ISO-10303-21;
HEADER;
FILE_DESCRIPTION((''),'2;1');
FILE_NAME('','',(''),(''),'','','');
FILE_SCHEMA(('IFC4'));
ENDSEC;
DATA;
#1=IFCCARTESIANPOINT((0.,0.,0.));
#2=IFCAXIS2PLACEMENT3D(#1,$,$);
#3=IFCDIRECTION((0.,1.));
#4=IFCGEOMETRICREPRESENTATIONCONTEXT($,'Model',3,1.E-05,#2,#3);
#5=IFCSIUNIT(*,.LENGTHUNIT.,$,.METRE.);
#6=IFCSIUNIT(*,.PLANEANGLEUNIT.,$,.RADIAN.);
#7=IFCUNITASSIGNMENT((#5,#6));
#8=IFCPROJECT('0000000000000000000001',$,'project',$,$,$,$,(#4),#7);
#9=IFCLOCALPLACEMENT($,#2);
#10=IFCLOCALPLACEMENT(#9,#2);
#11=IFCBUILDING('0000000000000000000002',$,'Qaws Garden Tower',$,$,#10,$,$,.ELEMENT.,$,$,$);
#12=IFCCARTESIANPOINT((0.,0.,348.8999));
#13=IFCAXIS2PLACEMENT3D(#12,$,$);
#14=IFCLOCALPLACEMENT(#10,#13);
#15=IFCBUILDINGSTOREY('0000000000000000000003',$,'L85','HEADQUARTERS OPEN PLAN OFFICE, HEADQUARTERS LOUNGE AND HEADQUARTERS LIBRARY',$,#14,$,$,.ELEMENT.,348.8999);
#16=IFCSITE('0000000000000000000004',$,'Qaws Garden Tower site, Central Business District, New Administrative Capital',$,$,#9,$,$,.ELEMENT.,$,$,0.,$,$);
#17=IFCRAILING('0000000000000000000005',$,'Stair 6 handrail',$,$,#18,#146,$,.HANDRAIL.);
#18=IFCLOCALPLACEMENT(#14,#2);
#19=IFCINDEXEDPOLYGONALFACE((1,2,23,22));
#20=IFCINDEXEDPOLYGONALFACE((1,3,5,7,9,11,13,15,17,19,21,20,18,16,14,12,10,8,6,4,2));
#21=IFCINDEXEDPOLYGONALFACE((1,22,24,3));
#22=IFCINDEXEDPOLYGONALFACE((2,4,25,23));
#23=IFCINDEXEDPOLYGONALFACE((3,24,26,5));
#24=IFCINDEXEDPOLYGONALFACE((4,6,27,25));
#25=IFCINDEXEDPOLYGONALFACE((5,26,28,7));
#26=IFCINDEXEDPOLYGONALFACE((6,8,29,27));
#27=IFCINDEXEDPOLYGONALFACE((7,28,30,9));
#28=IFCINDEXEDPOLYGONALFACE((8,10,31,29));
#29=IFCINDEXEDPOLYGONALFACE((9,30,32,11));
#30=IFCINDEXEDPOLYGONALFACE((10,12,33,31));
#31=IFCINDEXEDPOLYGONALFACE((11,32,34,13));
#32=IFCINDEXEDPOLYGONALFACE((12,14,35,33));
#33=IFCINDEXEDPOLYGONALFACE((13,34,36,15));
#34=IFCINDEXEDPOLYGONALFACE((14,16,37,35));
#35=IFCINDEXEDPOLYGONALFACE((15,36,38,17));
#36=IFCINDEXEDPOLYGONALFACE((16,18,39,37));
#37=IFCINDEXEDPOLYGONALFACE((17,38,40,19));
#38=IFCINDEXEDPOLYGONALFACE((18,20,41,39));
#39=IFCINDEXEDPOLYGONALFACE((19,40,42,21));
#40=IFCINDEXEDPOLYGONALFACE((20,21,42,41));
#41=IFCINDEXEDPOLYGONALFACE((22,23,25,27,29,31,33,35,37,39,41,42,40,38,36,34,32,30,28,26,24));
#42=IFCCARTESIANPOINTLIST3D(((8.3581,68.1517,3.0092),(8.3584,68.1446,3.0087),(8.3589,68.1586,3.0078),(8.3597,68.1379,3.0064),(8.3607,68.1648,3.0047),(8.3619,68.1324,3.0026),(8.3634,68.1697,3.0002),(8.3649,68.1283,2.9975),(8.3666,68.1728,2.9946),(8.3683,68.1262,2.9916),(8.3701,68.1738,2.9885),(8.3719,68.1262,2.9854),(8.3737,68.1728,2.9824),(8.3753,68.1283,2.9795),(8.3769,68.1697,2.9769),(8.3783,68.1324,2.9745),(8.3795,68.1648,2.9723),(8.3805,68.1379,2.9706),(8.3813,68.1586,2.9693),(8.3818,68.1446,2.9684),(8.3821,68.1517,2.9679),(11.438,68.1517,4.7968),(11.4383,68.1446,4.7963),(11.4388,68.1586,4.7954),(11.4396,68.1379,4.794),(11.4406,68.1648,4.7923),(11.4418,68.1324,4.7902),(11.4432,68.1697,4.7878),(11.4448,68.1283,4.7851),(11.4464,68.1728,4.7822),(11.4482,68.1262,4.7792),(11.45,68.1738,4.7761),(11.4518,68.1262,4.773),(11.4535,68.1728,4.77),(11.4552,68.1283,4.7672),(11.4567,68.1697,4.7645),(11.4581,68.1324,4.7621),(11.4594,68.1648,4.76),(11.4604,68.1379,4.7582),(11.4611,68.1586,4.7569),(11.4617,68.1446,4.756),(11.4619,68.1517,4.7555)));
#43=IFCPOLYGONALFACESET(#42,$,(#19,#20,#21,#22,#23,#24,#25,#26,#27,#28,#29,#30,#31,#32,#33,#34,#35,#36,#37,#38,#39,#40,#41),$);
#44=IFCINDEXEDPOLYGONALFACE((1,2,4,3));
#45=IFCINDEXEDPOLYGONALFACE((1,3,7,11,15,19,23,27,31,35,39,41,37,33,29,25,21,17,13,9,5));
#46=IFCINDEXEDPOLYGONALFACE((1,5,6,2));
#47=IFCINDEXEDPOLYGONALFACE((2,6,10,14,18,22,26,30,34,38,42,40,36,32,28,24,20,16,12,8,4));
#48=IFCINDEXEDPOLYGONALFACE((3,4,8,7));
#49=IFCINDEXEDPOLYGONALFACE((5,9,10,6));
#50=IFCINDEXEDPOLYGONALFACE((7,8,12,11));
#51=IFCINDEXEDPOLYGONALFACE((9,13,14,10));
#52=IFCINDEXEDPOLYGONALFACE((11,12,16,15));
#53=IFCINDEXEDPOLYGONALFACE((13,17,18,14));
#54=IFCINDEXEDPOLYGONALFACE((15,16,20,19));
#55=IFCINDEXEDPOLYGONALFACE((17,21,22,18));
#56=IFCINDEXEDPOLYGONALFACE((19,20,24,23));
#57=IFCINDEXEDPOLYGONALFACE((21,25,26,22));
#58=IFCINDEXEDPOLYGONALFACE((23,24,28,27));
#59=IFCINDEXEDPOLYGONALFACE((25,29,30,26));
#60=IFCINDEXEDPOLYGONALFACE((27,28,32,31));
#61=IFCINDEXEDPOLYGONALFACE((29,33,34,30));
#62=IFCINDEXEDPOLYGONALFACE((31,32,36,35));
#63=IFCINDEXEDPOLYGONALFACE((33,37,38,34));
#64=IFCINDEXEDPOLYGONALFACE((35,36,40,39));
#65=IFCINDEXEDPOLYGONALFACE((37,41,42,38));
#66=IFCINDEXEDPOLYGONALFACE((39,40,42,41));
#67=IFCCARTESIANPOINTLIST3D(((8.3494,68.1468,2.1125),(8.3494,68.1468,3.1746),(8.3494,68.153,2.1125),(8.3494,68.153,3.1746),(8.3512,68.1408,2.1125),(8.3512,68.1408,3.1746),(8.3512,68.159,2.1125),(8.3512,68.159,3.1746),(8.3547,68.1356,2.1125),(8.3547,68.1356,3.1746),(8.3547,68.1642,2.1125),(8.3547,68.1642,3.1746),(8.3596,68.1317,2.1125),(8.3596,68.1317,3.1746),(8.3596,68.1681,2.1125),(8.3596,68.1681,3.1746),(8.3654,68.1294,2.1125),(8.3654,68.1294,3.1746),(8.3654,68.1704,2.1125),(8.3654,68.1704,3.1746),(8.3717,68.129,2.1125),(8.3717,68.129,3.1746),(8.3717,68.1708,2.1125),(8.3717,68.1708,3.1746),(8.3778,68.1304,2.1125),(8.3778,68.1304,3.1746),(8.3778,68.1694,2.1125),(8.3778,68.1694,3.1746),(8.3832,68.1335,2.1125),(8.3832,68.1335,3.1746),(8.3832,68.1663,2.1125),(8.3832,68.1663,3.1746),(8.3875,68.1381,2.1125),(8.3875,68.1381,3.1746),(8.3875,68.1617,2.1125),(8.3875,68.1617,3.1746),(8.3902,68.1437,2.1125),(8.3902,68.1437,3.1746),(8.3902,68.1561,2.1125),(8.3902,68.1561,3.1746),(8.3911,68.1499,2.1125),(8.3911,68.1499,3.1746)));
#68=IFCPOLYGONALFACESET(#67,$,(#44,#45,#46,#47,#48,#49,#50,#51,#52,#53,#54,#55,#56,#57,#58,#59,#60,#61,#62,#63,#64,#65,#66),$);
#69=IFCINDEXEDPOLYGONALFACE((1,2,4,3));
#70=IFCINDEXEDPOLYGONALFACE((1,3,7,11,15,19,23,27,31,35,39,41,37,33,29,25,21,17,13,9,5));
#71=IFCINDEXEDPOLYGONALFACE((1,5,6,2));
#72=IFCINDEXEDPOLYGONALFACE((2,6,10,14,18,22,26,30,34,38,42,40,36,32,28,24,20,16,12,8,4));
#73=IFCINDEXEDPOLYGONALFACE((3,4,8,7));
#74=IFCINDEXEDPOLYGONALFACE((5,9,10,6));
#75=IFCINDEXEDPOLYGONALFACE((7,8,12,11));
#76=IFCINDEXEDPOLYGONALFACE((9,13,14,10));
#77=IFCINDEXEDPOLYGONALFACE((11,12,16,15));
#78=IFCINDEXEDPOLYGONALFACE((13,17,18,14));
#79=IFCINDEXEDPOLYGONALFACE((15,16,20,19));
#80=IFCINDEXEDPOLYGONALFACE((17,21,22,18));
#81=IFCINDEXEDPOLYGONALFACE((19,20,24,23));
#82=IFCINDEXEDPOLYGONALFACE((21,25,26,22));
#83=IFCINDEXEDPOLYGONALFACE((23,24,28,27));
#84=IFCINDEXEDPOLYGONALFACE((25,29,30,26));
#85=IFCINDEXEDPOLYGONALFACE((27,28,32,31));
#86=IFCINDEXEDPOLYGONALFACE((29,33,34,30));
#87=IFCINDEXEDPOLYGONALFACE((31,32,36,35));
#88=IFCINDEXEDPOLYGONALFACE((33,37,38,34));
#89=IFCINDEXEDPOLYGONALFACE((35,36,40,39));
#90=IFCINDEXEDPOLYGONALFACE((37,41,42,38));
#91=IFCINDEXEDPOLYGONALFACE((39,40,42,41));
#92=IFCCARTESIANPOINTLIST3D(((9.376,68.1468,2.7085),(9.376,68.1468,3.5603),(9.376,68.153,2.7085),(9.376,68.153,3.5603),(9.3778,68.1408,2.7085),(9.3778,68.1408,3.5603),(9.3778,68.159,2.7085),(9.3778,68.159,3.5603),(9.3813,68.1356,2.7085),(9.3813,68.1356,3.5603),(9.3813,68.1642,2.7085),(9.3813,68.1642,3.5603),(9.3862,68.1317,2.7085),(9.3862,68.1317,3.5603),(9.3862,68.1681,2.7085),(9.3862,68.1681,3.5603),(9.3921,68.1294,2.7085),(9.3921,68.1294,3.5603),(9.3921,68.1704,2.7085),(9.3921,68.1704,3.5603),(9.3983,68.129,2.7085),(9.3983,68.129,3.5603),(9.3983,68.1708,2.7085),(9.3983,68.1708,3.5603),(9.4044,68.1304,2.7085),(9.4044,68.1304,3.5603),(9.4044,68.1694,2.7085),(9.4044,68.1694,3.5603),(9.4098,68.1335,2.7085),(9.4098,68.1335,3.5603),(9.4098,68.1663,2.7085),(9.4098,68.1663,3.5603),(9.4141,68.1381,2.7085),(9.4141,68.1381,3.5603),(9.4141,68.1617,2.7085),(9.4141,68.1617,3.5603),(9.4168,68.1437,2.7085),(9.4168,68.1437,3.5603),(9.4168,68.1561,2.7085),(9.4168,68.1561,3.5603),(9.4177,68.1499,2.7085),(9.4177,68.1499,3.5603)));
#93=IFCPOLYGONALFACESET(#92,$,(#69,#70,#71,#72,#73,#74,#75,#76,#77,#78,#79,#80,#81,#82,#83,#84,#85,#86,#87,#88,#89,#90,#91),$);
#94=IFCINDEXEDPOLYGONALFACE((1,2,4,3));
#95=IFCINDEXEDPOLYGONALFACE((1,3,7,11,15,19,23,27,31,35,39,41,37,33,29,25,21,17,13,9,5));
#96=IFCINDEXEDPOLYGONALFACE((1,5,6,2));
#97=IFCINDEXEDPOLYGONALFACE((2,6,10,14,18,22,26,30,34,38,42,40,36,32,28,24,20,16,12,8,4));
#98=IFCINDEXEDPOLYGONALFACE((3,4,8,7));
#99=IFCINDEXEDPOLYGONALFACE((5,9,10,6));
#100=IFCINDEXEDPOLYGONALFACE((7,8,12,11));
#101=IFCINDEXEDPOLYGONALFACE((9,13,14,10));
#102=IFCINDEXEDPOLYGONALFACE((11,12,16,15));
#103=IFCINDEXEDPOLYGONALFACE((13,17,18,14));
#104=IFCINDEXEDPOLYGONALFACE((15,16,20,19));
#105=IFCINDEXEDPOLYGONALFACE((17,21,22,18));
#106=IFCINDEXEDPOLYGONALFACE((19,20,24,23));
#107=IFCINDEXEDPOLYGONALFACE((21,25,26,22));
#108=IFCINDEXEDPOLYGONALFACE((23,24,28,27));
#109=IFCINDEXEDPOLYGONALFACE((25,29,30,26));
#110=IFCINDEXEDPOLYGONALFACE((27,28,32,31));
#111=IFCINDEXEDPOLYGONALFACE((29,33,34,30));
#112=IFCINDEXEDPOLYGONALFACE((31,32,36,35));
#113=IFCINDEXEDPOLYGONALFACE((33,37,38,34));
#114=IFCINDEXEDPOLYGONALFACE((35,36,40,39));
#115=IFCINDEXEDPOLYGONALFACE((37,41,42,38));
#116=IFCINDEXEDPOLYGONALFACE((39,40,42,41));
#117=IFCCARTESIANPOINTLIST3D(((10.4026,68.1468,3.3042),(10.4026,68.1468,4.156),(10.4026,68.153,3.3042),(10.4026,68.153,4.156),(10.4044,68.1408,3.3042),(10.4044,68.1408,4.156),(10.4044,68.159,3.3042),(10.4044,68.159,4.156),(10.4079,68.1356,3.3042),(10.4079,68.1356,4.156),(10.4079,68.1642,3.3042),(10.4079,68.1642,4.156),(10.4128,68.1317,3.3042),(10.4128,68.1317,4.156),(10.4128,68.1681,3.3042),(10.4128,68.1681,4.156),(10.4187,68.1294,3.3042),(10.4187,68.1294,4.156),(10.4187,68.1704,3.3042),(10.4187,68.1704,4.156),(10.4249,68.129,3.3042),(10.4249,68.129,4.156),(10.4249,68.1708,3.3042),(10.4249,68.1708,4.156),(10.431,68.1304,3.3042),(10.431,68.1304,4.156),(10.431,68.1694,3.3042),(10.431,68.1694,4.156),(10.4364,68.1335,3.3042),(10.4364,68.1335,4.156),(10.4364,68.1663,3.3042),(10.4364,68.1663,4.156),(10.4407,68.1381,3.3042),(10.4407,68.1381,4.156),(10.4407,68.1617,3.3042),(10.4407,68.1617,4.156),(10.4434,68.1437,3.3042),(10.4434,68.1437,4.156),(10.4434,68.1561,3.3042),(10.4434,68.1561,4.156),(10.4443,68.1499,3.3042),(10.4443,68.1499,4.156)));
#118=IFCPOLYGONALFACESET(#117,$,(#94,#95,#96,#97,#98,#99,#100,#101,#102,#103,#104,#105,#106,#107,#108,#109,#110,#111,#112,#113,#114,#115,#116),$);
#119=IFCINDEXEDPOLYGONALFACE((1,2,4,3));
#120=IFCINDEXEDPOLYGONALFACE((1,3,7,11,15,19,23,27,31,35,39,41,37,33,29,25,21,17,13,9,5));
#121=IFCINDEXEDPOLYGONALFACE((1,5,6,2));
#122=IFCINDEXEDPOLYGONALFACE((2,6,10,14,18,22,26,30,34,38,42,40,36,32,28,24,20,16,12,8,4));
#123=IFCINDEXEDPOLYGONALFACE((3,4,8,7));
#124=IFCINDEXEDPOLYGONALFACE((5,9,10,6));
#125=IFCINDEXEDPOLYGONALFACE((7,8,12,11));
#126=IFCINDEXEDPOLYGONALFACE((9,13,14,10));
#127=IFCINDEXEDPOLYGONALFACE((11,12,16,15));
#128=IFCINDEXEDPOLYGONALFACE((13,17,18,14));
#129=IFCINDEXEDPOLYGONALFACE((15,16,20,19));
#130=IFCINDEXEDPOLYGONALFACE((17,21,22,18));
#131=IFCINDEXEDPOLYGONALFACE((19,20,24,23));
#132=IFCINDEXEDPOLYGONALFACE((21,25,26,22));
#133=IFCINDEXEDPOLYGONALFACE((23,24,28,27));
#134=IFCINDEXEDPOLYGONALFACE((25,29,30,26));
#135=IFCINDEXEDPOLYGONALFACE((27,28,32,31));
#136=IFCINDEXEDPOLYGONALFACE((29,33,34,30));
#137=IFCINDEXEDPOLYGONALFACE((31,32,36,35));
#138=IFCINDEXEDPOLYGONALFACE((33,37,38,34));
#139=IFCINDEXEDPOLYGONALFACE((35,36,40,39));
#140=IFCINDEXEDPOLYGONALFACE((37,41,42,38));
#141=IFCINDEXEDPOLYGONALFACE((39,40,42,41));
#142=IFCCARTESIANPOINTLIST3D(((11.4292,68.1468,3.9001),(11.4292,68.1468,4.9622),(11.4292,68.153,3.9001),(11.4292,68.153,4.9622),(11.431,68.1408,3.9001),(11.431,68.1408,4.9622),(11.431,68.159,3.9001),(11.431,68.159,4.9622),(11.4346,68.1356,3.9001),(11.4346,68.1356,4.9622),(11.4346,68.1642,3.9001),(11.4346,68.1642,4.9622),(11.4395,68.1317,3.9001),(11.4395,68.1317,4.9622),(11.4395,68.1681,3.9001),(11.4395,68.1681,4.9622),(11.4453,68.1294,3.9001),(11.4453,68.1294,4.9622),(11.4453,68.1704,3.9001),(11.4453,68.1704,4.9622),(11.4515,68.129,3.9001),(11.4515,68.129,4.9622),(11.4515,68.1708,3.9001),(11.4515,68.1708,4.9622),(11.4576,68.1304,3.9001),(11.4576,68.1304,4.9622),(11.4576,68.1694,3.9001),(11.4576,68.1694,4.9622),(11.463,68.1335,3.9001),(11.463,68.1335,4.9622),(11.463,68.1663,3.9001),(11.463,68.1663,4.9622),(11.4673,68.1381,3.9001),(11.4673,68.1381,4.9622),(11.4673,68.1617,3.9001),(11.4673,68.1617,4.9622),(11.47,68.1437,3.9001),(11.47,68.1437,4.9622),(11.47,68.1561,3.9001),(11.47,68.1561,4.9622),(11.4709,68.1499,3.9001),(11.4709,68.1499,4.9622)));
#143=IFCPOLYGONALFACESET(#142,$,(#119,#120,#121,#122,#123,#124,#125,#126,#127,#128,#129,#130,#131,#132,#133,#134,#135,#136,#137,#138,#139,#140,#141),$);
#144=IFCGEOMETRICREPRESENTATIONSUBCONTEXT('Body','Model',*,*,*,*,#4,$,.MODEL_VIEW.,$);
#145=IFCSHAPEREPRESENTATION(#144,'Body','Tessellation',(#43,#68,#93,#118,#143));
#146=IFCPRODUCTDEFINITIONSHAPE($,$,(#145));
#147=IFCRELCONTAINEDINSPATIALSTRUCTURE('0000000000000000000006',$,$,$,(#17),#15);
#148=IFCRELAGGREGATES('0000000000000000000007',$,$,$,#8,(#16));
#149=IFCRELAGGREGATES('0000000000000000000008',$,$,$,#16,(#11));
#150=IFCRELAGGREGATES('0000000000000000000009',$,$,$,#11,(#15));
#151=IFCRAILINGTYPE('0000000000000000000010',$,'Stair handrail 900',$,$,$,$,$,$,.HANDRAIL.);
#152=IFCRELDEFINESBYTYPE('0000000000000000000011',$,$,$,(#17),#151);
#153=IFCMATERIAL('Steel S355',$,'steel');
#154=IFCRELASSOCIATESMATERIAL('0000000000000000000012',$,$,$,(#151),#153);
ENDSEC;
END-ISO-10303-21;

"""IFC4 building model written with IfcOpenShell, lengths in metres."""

from ifc_helpers import new_model, si_unit, direction, frame, origin, origin_2d, place, context, subcontext, project, spatial, circle, extrude, material, type_object, element, save


model = new_model("IFC4")

# Units and contexts
model_context = context("Model", 3, precision=1e-05, world=origin(), true_north=direction((0.0, 1.0)))
body_context = subcontext(model_context, "Body", "Model", "MODEL_VIEW")
ifc_project = project(units=[si_unit("LENGTHUNIT", "METRE"), si_unit("PLANEANGLEUNIT", "RADIAN")], contexts=[model_context])

# Site, building, storey
site_placement = place(None, origin())
site = spatial("IfcSite", under=ifc_project, at=site_placement, Name="Qaws Garden Tower site, Central Business District, New Administrative Capital", CompositionType="ELEMENT", RefElevation=0.0)
building_placement = place(site_placement, origin())
building = spatial("IfcBuilding", under=site, at=building_placement, Name="Qaws Garden Tower", CompositionType="ELEMENT")
storey_placement = place(building_placement, frame((0.0, 0.0, 348.8999)))
storey = spatial("IfcBuildingStorey", under=building, at=storey_placement, Name="L85", Description="HEADQUARTERS OPEN PLAN OFFICE, HEADQUARTERS LOUNGE AND HEADQUARTERS LIBRARY", CompositionType="ELEMENT", Elevation=348.8999)

# Railing
ifc_material_1 = material(Name="Steel S355", Category="steel")
railing_type = type_object("IfcRailingType", Name="Stair handrail 900", PredefinedType="HANDRAIL", material=ifc_material_1)
railing_1_placement = place(storey_placement, frame((8.3701, 68.1499, 2.1125)))
element("IfcRailing", 1, at=railing_1_placement, inside=storey, type_object=railing_type, Name="Stair 6 handrail", PredefinedType="HANDRAIL", context=body_context, shape_type="SweptSolid", body=[
    extrude(circle(Radius=0.0239, at=origin_2d()), frame((0.0, 0.0, 0.876), z_axis=(0.864873, 0.0, 0.50199), x_axis=(0.0, 1.0, 0.0)), (0.0, 0.0, 1.0), 3.561),
    extrude(circle(Radius=0.021, at=origin_2d()), origin(), (0.0, 0.0, 1.0), 1.062),
    extrude(circle(Radius=0.021, at=origin_2d()), frame((1.0266, 0.0, 0.5959)), (0.0, 0.0, 1.0), 0.8518),
    extrude(circle(Radius=0.021, at=origin_2d()), frame((2.0532, 0.0, 1.1917)), (0.0, 0.0, 1.0), 0.8518),
    extrude(circle(Radius=0.021, at=origin_2d()), frame((3.0798, 0.0, 1.7876)), (0.0, 0.0, 1.0), 1.062),
])

save(model, "model.ifc")
